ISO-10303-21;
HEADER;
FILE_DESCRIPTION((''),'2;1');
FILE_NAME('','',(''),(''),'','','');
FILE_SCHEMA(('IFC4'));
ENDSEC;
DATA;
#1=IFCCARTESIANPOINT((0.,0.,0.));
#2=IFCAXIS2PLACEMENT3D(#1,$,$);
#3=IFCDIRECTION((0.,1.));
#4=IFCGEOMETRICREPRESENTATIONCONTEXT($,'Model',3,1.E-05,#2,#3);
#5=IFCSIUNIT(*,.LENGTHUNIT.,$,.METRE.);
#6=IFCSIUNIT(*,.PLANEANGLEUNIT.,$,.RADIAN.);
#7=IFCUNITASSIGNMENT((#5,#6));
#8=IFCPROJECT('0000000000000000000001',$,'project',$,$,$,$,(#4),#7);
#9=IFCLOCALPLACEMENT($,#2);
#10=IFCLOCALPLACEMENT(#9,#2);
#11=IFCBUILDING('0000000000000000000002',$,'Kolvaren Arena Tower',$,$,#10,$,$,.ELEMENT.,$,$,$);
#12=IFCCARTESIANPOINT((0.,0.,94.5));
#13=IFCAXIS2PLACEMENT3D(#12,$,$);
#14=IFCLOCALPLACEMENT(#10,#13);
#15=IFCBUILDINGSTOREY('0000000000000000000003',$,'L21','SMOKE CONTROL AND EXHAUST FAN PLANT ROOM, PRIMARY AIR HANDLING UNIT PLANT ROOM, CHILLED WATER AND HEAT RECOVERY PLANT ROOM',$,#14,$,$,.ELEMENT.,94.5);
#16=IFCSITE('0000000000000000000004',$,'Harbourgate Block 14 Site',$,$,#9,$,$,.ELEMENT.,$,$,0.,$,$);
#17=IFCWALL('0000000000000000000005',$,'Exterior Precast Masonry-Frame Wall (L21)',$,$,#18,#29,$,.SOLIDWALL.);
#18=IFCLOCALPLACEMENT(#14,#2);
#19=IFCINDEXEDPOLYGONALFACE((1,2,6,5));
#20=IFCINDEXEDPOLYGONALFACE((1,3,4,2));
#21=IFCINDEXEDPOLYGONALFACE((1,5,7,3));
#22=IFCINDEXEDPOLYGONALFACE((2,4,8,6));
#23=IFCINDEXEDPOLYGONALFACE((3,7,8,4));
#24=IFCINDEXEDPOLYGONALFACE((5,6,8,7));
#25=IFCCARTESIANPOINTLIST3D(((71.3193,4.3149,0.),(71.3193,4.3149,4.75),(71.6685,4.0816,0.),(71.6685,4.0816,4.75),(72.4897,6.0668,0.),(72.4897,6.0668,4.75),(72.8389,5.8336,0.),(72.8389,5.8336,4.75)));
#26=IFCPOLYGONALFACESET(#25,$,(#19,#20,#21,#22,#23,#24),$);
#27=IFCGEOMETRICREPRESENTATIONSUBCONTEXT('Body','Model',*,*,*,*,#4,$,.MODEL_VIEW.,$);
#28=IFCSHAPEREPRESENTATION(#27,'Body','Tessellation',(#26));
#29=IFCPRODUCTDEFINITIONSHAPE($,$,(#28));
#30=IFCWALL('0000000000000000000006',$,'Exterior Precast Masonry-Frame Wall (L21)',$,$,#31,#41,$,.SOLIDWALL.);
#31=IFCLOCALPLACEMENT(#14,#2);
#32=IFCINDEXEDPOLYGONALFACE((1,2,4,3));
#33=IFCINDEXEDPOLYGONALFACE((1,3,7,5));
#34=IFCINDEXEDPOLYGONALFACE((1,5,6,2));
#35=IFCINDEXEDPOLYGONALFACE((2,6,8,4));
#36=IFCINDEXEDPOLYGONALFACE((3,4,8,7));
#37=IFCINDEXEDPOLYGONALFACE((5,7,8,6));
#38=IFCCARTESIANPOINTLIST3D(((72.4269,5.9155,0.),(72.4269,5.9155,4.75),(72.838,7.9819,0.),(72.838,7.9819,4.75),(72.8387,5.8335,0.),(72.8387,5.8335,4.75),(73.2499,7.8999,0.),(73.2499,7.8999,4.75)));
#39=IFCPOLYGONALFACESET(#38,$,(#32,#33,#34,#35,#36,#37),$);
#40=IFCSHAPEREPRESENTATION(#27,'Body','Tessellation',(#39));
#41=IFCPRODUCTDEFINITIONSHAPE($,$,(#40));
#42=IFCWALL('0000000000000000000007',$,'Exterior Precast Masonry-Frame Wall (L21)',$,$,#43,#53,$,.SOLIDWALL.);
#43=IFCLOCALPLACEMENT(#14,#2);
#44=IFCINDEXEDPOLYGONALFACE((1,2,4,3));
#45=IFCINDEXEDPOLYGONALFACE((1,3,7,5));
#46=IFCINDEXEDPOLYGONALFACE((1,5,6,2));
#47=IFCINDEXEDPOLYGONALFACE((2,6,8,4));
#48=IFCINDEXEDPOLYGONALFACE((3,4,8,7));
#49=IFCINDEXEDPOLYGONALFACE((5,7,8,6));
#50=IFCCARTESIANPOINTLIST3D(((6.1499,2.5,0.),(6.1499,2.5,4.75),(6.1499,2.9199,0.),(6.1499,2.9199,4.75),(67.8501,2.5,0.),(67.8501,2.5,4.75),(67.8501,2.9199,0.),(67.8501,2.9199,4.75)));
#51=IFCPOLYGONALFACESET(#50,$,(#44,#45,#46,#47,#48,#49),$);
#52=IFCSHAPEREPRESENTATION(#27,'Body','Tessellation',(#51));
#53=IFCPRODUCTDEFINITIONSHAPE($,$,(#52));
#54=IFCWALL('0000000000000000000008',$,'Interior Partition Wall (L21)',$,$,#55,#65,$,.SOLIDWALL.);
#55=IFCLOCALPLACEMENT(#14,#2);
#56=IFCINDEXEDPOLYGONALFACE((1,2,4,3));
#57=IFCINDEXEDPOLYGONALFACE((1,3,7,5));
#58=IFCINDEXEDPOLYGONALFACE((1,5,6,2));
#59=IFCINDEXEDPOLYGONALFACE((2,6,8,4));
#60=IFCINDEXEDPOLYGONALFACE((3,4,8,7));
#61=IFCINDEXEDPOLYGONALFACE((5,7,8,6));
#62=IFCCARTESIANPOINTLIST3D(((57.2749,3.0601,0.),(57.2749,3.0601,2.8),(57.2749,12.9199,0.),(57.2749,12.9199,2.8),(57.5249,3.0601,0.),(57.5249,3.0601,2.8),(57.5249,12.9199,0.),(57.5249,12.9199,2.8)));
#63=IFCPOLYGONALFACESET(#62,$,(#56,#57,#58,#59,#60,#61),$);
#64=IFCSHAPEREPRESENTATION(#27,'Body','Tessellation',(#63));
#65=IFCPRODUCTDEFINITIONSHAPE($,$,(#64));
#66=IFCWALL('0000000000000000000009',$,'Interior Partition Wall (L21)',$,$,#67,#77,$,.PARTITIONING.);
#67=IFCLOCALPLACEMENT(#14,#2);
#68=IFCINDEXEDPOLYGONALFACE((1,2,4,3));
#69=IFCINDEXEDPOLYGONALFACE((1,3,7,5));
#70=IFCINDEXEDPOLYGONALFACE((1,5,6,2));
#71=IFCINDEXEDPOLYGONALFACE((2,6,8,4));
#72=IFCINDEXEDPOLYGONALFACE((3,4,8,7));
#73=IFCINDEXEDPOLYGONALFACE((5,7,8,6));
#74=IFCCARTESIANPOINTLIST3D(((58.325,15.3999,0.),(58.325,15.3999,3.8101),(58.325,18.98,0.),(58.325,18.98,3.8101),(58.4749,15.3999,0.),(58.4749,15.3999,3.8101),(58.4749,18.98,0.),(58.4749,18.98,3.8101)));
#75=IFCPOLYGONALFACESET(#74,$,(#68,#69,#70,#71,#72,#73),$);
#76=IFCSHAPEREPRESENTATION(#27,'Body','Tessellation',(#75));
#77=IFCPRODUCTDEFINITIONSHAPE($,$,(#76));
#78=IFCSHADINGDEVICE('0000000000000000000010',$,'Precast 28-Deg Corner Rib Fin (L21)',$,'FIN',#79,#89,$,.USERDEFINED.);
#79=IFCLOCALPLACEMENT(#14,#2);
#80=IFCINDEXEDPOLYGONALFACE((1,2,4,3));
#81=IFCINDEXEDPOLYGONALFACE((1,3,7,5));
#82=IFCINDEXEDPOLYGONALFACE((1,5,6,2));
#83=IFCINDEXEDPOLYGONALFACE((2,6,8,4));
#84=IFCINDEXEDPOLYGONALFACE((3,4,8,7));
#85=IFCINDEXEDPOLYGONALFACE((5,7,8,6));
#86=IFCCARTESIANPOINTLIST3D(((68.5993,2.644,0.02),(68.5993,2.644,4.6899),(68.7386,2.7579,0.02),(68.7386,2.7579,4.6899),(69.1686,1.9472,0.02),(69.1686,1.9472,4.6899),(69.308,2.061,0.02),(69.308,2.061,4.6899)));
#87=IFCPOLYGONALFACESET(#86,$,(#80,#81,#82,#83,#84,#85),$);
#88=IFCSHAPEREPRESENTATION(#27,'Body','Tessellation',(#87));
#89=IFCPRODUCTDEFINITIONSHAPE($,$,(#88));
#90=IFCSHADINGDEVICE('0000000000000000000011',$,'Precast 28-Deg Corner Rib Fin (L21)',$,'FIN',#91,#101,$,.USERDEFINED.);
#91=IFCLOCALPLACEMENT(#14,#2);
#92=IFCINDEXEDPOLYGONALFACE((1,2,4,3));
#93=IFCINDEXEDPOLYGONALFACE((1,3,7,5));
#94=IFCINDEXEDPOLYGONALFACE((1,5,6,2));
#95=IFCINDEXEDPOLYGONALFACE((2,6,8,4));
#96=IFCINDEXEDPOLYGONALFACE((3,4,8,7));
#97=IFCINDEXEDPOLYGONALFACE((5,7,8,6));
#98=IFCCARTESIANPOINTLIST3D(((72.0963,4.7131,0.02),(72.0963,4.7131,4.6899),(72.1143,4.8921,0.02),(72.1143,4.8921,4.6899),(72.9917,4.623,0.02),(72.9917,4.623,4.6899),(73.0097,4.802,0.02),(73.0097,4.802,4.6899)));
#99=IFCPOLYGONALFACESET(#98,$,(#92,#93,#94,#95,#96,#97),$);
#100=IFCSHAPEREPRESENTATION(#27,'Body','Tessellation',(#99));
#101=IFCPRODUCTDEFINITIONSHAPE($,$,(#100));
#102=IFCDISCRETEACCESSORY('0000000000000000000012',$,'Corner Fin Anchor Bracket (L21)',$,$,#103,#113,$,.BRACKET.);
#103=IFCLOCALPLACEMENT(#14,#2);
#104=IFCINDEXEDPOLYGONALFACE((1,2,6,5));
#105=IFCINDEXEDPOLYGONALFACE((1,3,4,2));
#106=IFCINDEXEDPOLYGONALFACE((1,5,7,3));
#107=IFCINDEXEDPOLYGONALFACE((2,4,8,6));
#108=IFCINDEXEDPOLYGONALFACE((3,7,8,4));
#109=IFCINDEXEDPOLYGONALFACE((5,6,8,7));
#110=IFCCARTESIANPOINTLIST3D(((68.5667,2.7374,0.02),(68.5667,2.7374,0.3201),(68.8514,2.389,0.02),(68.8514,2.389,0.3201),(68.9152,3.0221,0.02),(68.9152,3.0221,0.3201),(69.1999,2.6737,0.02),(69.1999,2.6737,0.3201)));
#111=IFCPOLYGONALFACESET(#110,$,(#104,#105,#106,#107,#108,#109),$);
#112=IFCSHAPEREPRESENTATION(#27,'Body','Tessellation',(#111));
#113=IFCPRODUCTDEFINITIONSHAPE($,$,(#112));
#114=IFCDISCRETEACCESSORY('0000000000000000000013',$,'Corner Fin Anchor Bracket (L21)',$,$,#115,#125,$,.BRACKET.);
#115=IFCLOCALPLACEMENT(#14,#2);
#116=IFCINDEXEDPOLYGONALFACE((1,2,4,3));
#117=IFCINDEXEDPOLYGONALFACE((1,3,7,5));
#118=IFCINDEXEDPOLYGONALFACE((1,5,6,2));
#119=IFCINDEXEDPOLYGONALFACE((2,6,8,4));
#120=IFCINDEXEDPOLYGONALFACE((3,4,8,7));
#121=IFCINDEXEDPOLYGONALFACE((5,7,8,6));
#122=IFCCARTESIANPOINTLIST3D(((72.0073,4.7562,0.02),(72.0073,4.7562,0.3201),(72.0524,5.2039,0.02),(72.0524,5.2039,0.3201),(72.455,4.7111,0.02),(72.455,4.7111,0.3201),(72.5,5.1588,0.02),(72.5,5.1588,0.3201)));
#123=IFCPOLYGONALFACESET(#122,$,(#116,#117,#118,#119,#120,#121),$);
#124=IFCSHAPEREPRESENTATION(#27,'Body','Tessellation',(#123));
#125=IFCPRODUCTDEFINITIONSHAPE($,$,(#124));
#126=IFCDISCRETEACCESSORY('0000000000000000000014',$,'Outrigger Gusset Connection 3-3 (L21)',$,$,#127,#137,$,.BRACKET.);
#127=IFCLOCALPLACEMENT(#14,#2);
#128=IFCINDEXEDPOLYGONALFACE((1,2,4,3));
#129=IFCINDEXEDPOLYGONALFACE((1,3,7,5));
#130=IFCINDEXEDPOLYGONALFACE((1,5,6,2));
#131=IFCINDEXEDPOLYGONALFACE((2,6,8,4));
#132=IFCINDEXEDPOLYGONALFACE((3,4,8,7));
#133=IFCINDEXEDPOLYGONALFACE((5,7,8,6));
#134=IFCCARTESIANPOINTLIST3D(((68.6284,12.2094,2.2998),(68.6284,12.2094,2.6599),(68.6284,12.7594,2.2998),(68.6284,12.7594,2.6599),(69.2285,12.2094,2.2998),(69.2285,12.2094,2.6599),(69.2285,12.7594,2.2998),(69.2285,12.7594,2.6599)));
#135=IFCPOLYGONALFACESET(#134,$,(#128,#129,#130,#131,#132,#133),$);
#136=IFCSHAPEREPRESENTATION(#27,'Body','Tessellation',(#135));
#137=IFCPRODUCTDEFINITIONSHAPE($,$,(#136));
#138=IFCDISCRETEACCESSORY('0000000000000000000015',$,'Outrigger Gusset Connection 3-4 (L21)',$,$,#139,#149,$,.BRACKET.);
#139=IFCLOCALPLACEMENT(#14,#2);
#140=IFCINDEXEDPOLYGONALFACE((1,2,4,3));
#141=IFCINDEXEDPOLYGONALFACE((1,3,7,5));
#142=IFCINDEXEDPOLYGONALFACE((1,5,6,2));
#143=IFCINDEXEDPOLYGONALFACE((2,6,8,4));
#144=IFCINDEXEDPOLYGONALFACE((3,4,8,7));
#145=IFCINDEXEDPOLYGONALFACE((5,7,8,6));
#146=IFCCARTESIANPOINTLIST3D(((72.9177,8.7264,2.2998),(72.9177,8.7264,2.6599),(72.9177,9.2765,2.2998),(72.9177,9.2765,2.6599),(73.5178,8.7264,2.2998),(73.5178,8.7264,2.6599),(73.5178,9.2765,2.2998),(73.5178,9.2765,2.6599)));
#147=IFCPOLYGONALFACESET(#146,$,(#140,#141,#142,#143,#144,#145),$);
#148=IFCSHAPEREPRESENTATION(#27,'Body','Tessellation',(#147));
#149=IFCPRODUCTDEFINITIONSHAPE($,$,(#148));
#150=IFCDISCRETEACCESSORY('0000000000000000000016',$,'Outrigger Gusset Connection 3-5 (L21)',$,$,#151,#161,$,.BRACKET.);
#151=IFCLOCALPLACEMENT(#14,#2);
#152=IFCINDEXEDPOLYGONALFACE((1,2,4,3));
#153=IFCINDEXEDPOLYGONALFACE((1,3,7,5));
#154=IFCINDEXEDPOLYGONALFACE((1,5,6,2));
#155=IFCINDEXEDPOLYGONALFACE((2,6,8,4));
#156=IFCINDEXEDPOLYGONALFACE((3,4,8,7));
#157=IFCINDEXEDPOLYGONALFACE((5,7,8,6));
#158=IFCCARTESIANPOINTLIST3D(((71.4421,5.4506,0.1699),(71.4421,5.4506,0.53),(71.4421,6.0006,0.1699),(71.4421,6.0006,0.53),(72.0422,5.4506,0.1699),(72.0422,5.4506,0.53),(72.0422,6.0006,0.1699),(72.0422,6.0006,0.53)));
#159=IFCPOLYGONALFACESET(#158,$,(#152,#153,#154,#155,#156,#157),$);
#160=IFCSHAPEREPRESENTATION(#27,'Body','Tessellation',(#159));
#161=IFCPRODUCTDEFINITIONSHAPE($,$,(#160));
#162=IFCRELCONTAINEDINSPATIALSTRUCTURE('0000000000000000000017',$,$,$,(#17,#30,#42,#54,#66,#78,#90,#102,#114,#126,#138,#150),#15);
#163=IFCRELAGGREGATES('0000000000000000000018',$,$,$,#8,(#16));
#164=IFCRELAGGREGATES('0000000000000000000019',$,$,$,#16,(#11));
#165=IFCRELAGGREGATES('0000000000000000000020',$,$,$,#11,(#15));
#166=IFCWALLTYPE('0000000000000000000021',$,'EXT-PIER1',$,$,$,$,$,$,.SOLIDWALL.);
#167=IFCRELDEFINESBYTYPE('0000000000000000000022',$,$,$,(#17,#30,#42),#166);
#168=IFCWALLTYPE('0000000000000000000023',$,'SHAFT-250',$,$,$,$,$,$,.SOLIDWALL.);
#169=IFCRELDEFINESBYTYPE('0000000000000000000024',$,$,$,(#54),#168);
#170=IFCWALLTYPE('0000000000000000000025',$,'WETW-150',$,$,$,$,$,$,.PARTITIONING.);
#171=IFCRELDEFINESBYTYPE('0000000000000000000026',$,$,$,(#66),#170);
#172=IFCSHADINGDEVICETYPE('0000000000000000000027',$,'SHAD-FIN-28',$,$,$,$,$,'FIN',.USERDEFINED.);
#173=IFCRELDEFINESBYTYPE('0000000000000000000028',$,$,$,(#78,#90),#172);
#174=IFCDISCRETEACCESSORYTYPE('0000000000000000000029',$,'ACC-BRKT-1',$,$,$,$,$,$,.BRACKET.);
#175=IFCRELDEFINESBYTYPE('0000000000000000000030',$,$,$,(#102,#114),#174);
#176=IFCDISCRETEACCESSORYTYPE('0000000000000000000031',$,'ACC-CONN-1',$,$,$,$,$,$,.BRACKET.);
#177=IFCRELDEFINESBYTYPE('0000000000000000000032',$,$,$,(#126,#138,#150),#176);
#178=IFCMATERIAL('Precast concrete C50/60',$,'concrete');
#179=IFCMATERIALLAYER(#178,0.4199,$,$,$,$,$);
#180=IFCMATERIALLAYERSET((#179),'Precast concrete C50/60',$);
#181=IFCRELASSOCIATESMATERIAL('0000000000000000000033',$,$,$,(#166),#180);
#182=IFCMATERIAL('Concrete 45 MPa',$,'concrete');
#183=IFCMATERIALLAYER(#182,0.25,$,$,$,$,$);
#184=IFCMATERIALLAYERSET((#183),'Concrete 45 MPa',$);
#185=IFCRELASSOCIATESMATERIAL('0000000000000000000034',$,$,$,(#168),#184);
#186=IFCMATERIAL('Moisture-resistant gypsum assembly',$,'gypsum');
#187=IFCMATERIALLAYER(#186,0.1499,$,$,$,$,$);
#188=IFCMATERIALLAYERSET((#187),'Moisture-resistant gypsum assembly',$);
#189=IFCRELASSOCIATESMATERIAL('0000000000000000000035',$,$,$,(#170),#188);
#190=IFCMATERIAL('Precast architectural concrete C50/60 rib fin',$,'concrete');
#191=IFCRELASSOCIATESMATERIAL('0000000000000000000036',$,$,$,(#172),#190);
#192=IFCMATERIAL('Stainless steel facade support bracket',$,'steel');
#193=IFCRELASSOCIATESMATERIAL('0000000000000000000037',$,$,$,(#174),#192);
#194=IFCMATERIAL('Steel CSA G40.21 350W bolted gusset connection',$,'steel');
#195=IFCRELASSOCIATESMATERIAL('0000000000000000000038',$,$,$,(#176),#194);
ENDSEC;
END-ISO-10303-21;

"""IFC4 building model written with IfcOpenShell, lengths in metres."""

from ifc_helpers import new_model, si_unit, direction, frame, frame_2d, origin, origin_2d, place, context, subcontext, project, spatial, rectangle, extrude, material, layer, layer_set, type_object, element, save


model = new_model("IFC4")

# Units and contexts
model_context = context("Model", 3, precision=1e-05, world=origin(), true_north=direction((0.0, 1.0)))
body_context = subcontext(model_context, "Body", "Model", "MODEL_VIEW")
ifc_project = project(units=[si_unit("LENGTHUNIT", "METRE"), si_unit("PLANEANGLEUNIT", "RADIAN")], contexts=[model_context])

# Site, building, storey
site_placement = place(None, origin())
site = spatial("IfcSite", under=ifc_project, at=site_placement, Name="Harbourgate Block 14 Site", CompositionType="ELEMENT", RefElevation=0.0)
building_placement = place(site_placement, origin())
building = spatial("IfcBuilding", under=site, at=building_placement, Name="Kolvaren Arena Tower", CompositionType="ELEMENT")
storey_placement = place(building_placement, frame((0.0, 0.0, 94.5)))
storey = spatial("IfcBuildingStorey", under=building, at=storey_placement, Name="L21", Description="SMOKE CONTROL AND EXHAUST FAN PLANT ROOM, PRIMARY AIR HANDLING UNIT PLANT ROOM, CHILLED WATER AND HEAT RECOVERY PLANT ROOM", CompositionType="ELEMENT", Elevation=94.5)

# Walls
ifc_material_1 = material(Name="Precast concrete C50/60", Category="concrete")
ifc_layer_1 = layer(ifc_material_1, 0.4199)
ifc_layer_set_1 = layer_set([ifc_layer_1], Name="Precast concrete C50/60")
wall_type_1 = type_object("IfcWallType", Name="EXT-PIER1", PredefinedType="SOLIDWALL", material=ifc_layer_set_1)
for number, where, z_axis, x_axis, name in (
    (1, (72.6643, 5.9502, 0.0), (0.0, 0.0, 1.0), (-0.555502, -0.831515, 0.0), "Exterior Precast Masonry-Frame Wall (L21)"),
    (2, (73.0439, 7.9409, 0.0), (0.0, 0.0, 1.0), (-0.195136, -0.980776, 0.0), "Exterior Precast Masonry-Frame Wall (L21)"),
):
    element("IfcWall", number, at=place(storey_placement, frame(where, z_axis=z_axis, x_axis=x_axis)), inside=storey, type_object=wall_type_1, Name=name, PredefinedType="SOLIDWALL", context=body_context, shape_type="SweptSolid", body=[
        extrude(rectangle(XDim=2.1069, YDim=0.4199, at=frame_2d((1.0535, 0.0))), origin(), (0.0, 0.0, 1.0), 4.75),
    ])
wall_1_placement = place(storey_placement, frame((67.8501, 2.71, 0.0), z_axis=(0.0, 0.0, 1.0), x_axis=(-1.0, 0.0, 0.0)))
element("IfcWall", 3, at=wall_1_placement, inside=storey, type_object=wall_type_1, Name="Exterior Precast Masonry-Frame Wall (L21)", PredefinedType="SOLIDWALL", context=body_context, shape_type="SweptSolid", body=[
    extrude(rectangle(XDim=61.7002, YDim=0.4199, at=frame_2d((30.8501, 0.0))), origin(), (0.0, 0.0, 1.0), 4.75),
])
ifc_material_2 = material(Name="Concrete 45 MPa", Category="concrete")
ifc_layer_2 = layer(ifc_material_2, 0.25)
ifc_layer_set_2 = layer_set([ifc_layer_2], Name="Concrete 45 MPa")
wall_type_2 = type_object("IfcWallType", Name="SHAFT-250", PredefinedType="SOLIDWALL", material=ifc_layer_set_2)
wall_2_placement = place(storey_placement, frame((57.3999, 3.0601, 0.0), z_axis=(0.0, 0.0, 1.0), x_axis=(0.0, 1.0, 0.0)))
element("IfcWall", 4, at=wall_2_placement, inside=storey, type_object=wall_type_2, Name="Interior Partition Wall (L21)", PredefinedType="SOLIDWALL", context=body_context, shape_type="SweptSolid", body=[
    extrude(rectangle(XDim=9.8599, YDim=0.25, at=frame_2d((4.9299, 0.0))), origin(), (0.0, 0.0, 1.0), 2.8),
])
ifc_material_3 = material(Name="Moisture-resistant gypsum assembly", Category="gypsum")
ifc_layer_3 = layer(ifc_material_3, 0.1499)
ifc_layer_set_3 = layer_set([ifc_layer_3], Name="Moisture-resistant gypsum assembly")
wall_type_3 = type_object("IfcWallType", Name="WETW-150", PredefinedType="PARTITIONING", material=ifc_layer_set_3)
wall_3_placement = place(storey_placement, frame((58.3999, 15.3999, 0.0), z_axis=(0.0, 0.0, 1.0), x_axis=(0.0, 1.0, 0.0)))
element("IfcWall", 5, at=wall_3_placement, inside=storey, type_object=wall_type_3, Name="Interior Partition Wall (L21)", PredefinedType="PARTITIONING", context=body_context, shape_type="SweptSolid", body=[
    extrude(rectangle(XDim=3.5801, YDim=0.1499, at=frame_2d((1.79, 0.0))), origin(), (0.0, 0.0, 1.0), 3.8101),
])

# Shading devices
ifc_material_4 = material(Name="Precast architectural concrete C50/60 rib fin", Category="concrete")
shading_device_type = type_object("IfcShadingDeviceType", Name="SHAD-FIN-28", ElementType="FIN", PredefinedType="USERDEFINED", material=ifc_material_4)
for number, where, z_axis, x_axis, name in (
    (6, (68.9536, 2.3525, 0.02), (0.0, 0.0, 1.0), (0.632723, -0.774378, 0.0), "Precast 28-Deg Corner Rib Fin (L21)"),
    (7, (72.553, 4.7576, 0.02), (0.0, 0.0, 1.0), (0.994972, -0.100155, 0.0), "Precast 28-Deg Corner Rib Fin (L21)"),
):
    element("IfcShadingDevice", number, at=place(storey_placement, frame(where, z_axis=z_axis, x_axis=x_axis)), inside=storey, type_object=shading_device_type, Name=name, ObjectType="FIN", PredefinedType="USERDEFINED", context=body_context, shape_type="SweptSolid", body=[
        extrude(rectangle(XDim=0.8999, YDim=0.1799, at=origin_2d()), origin(), (0.0, 0.0, 1.0), 4.6699),
    ])

# Discrete accessories
ifc_material_5 = material(Name="Stainless steel facade support bracket", Category="steel")
discrete_accessory_type_1 = type_object("IfcDiscreteAccessoryType", Name="ACC-BRKT-1", PredefinedType="BRACKET", material=ifc_material_5)
for number, where, z_axis, x_axis, name in (
    (8, (68.8833, 2.7056, 0.02), (0.0, 0.0, 1.0), (0.632723, -0.774378, 0.0), "Corner Fin Anchor Bracket (L21)"),
    (9, (72.2537, 4.9575, 0.02), (0.0, 0.0, 1.0), (0.994972, -0.100155, 0.0), "Corner Fin Anchor Bracket (L21)"),
):
    element("IfcDiscreteAccessory", number, at=place(storey_placement, frame(where, z_axis=z_axis, x_axis=x_axis)), inside=storey, type_object=discrete_accessory_type_1, Name=name, PredefinedType="BRACKET", context=body_context, shape_type="SweptSolid", body=[
        extrude(rectangle(XDim=0.45, YDim=0.45, at=origin_2d()), origin(), (0.0, 0.0, 1.0), 0.3),
    ])
ifc_material_6 = material(Name="Steel CSA G40.21 350W bolted gusset connection", Category="steel")
discrete_accessory_type_2 = type_object("IfcDiscreteAccessoryType", Name="ACC-CONN-1", PredefinedType="BRACKET", material=ifc_material_6)
for number, where, z_axis, x_axis, name in (
    (10, (68.9285, 12.4844, 2.2998), (0.0, 0.0, 1.0), (1.0, 0.0, 0.0), "Outrigger Gusset Connection 3-3 (L21)"),
    (11, (73.2178, 9.0015, 2.2998), (0.0, 0.0, 1.0), (1.0, 0.0, 0.0), "Outrigger Gusset Connection 3-4 (L21)"),
    (12, (71.7422, 5.7256, 0.1699), (0.0, 0.0, 1.0), (1.0, 0.0, 0.0), "Outrigger Gusset Connection 3-5 (L21)"),
):
    element("IfcDiscreteAccessory", number, at=place(storey_placement, frame(where, z_axis=z_axis, x_axis=x_axis)), inside=storey, type_object=discrete_accessory_type_2, Name=name, PredefinedType="BRACKET", context=body_context, shape_type="SweptSolid", body=[
        extrude(rectangle(XDim=0.6001, YDim=0.55, at=origin_2d()), origin(), (0.0, 0.0, 1.0), 0.3601),
    ])

save(model, "model.ifc")
